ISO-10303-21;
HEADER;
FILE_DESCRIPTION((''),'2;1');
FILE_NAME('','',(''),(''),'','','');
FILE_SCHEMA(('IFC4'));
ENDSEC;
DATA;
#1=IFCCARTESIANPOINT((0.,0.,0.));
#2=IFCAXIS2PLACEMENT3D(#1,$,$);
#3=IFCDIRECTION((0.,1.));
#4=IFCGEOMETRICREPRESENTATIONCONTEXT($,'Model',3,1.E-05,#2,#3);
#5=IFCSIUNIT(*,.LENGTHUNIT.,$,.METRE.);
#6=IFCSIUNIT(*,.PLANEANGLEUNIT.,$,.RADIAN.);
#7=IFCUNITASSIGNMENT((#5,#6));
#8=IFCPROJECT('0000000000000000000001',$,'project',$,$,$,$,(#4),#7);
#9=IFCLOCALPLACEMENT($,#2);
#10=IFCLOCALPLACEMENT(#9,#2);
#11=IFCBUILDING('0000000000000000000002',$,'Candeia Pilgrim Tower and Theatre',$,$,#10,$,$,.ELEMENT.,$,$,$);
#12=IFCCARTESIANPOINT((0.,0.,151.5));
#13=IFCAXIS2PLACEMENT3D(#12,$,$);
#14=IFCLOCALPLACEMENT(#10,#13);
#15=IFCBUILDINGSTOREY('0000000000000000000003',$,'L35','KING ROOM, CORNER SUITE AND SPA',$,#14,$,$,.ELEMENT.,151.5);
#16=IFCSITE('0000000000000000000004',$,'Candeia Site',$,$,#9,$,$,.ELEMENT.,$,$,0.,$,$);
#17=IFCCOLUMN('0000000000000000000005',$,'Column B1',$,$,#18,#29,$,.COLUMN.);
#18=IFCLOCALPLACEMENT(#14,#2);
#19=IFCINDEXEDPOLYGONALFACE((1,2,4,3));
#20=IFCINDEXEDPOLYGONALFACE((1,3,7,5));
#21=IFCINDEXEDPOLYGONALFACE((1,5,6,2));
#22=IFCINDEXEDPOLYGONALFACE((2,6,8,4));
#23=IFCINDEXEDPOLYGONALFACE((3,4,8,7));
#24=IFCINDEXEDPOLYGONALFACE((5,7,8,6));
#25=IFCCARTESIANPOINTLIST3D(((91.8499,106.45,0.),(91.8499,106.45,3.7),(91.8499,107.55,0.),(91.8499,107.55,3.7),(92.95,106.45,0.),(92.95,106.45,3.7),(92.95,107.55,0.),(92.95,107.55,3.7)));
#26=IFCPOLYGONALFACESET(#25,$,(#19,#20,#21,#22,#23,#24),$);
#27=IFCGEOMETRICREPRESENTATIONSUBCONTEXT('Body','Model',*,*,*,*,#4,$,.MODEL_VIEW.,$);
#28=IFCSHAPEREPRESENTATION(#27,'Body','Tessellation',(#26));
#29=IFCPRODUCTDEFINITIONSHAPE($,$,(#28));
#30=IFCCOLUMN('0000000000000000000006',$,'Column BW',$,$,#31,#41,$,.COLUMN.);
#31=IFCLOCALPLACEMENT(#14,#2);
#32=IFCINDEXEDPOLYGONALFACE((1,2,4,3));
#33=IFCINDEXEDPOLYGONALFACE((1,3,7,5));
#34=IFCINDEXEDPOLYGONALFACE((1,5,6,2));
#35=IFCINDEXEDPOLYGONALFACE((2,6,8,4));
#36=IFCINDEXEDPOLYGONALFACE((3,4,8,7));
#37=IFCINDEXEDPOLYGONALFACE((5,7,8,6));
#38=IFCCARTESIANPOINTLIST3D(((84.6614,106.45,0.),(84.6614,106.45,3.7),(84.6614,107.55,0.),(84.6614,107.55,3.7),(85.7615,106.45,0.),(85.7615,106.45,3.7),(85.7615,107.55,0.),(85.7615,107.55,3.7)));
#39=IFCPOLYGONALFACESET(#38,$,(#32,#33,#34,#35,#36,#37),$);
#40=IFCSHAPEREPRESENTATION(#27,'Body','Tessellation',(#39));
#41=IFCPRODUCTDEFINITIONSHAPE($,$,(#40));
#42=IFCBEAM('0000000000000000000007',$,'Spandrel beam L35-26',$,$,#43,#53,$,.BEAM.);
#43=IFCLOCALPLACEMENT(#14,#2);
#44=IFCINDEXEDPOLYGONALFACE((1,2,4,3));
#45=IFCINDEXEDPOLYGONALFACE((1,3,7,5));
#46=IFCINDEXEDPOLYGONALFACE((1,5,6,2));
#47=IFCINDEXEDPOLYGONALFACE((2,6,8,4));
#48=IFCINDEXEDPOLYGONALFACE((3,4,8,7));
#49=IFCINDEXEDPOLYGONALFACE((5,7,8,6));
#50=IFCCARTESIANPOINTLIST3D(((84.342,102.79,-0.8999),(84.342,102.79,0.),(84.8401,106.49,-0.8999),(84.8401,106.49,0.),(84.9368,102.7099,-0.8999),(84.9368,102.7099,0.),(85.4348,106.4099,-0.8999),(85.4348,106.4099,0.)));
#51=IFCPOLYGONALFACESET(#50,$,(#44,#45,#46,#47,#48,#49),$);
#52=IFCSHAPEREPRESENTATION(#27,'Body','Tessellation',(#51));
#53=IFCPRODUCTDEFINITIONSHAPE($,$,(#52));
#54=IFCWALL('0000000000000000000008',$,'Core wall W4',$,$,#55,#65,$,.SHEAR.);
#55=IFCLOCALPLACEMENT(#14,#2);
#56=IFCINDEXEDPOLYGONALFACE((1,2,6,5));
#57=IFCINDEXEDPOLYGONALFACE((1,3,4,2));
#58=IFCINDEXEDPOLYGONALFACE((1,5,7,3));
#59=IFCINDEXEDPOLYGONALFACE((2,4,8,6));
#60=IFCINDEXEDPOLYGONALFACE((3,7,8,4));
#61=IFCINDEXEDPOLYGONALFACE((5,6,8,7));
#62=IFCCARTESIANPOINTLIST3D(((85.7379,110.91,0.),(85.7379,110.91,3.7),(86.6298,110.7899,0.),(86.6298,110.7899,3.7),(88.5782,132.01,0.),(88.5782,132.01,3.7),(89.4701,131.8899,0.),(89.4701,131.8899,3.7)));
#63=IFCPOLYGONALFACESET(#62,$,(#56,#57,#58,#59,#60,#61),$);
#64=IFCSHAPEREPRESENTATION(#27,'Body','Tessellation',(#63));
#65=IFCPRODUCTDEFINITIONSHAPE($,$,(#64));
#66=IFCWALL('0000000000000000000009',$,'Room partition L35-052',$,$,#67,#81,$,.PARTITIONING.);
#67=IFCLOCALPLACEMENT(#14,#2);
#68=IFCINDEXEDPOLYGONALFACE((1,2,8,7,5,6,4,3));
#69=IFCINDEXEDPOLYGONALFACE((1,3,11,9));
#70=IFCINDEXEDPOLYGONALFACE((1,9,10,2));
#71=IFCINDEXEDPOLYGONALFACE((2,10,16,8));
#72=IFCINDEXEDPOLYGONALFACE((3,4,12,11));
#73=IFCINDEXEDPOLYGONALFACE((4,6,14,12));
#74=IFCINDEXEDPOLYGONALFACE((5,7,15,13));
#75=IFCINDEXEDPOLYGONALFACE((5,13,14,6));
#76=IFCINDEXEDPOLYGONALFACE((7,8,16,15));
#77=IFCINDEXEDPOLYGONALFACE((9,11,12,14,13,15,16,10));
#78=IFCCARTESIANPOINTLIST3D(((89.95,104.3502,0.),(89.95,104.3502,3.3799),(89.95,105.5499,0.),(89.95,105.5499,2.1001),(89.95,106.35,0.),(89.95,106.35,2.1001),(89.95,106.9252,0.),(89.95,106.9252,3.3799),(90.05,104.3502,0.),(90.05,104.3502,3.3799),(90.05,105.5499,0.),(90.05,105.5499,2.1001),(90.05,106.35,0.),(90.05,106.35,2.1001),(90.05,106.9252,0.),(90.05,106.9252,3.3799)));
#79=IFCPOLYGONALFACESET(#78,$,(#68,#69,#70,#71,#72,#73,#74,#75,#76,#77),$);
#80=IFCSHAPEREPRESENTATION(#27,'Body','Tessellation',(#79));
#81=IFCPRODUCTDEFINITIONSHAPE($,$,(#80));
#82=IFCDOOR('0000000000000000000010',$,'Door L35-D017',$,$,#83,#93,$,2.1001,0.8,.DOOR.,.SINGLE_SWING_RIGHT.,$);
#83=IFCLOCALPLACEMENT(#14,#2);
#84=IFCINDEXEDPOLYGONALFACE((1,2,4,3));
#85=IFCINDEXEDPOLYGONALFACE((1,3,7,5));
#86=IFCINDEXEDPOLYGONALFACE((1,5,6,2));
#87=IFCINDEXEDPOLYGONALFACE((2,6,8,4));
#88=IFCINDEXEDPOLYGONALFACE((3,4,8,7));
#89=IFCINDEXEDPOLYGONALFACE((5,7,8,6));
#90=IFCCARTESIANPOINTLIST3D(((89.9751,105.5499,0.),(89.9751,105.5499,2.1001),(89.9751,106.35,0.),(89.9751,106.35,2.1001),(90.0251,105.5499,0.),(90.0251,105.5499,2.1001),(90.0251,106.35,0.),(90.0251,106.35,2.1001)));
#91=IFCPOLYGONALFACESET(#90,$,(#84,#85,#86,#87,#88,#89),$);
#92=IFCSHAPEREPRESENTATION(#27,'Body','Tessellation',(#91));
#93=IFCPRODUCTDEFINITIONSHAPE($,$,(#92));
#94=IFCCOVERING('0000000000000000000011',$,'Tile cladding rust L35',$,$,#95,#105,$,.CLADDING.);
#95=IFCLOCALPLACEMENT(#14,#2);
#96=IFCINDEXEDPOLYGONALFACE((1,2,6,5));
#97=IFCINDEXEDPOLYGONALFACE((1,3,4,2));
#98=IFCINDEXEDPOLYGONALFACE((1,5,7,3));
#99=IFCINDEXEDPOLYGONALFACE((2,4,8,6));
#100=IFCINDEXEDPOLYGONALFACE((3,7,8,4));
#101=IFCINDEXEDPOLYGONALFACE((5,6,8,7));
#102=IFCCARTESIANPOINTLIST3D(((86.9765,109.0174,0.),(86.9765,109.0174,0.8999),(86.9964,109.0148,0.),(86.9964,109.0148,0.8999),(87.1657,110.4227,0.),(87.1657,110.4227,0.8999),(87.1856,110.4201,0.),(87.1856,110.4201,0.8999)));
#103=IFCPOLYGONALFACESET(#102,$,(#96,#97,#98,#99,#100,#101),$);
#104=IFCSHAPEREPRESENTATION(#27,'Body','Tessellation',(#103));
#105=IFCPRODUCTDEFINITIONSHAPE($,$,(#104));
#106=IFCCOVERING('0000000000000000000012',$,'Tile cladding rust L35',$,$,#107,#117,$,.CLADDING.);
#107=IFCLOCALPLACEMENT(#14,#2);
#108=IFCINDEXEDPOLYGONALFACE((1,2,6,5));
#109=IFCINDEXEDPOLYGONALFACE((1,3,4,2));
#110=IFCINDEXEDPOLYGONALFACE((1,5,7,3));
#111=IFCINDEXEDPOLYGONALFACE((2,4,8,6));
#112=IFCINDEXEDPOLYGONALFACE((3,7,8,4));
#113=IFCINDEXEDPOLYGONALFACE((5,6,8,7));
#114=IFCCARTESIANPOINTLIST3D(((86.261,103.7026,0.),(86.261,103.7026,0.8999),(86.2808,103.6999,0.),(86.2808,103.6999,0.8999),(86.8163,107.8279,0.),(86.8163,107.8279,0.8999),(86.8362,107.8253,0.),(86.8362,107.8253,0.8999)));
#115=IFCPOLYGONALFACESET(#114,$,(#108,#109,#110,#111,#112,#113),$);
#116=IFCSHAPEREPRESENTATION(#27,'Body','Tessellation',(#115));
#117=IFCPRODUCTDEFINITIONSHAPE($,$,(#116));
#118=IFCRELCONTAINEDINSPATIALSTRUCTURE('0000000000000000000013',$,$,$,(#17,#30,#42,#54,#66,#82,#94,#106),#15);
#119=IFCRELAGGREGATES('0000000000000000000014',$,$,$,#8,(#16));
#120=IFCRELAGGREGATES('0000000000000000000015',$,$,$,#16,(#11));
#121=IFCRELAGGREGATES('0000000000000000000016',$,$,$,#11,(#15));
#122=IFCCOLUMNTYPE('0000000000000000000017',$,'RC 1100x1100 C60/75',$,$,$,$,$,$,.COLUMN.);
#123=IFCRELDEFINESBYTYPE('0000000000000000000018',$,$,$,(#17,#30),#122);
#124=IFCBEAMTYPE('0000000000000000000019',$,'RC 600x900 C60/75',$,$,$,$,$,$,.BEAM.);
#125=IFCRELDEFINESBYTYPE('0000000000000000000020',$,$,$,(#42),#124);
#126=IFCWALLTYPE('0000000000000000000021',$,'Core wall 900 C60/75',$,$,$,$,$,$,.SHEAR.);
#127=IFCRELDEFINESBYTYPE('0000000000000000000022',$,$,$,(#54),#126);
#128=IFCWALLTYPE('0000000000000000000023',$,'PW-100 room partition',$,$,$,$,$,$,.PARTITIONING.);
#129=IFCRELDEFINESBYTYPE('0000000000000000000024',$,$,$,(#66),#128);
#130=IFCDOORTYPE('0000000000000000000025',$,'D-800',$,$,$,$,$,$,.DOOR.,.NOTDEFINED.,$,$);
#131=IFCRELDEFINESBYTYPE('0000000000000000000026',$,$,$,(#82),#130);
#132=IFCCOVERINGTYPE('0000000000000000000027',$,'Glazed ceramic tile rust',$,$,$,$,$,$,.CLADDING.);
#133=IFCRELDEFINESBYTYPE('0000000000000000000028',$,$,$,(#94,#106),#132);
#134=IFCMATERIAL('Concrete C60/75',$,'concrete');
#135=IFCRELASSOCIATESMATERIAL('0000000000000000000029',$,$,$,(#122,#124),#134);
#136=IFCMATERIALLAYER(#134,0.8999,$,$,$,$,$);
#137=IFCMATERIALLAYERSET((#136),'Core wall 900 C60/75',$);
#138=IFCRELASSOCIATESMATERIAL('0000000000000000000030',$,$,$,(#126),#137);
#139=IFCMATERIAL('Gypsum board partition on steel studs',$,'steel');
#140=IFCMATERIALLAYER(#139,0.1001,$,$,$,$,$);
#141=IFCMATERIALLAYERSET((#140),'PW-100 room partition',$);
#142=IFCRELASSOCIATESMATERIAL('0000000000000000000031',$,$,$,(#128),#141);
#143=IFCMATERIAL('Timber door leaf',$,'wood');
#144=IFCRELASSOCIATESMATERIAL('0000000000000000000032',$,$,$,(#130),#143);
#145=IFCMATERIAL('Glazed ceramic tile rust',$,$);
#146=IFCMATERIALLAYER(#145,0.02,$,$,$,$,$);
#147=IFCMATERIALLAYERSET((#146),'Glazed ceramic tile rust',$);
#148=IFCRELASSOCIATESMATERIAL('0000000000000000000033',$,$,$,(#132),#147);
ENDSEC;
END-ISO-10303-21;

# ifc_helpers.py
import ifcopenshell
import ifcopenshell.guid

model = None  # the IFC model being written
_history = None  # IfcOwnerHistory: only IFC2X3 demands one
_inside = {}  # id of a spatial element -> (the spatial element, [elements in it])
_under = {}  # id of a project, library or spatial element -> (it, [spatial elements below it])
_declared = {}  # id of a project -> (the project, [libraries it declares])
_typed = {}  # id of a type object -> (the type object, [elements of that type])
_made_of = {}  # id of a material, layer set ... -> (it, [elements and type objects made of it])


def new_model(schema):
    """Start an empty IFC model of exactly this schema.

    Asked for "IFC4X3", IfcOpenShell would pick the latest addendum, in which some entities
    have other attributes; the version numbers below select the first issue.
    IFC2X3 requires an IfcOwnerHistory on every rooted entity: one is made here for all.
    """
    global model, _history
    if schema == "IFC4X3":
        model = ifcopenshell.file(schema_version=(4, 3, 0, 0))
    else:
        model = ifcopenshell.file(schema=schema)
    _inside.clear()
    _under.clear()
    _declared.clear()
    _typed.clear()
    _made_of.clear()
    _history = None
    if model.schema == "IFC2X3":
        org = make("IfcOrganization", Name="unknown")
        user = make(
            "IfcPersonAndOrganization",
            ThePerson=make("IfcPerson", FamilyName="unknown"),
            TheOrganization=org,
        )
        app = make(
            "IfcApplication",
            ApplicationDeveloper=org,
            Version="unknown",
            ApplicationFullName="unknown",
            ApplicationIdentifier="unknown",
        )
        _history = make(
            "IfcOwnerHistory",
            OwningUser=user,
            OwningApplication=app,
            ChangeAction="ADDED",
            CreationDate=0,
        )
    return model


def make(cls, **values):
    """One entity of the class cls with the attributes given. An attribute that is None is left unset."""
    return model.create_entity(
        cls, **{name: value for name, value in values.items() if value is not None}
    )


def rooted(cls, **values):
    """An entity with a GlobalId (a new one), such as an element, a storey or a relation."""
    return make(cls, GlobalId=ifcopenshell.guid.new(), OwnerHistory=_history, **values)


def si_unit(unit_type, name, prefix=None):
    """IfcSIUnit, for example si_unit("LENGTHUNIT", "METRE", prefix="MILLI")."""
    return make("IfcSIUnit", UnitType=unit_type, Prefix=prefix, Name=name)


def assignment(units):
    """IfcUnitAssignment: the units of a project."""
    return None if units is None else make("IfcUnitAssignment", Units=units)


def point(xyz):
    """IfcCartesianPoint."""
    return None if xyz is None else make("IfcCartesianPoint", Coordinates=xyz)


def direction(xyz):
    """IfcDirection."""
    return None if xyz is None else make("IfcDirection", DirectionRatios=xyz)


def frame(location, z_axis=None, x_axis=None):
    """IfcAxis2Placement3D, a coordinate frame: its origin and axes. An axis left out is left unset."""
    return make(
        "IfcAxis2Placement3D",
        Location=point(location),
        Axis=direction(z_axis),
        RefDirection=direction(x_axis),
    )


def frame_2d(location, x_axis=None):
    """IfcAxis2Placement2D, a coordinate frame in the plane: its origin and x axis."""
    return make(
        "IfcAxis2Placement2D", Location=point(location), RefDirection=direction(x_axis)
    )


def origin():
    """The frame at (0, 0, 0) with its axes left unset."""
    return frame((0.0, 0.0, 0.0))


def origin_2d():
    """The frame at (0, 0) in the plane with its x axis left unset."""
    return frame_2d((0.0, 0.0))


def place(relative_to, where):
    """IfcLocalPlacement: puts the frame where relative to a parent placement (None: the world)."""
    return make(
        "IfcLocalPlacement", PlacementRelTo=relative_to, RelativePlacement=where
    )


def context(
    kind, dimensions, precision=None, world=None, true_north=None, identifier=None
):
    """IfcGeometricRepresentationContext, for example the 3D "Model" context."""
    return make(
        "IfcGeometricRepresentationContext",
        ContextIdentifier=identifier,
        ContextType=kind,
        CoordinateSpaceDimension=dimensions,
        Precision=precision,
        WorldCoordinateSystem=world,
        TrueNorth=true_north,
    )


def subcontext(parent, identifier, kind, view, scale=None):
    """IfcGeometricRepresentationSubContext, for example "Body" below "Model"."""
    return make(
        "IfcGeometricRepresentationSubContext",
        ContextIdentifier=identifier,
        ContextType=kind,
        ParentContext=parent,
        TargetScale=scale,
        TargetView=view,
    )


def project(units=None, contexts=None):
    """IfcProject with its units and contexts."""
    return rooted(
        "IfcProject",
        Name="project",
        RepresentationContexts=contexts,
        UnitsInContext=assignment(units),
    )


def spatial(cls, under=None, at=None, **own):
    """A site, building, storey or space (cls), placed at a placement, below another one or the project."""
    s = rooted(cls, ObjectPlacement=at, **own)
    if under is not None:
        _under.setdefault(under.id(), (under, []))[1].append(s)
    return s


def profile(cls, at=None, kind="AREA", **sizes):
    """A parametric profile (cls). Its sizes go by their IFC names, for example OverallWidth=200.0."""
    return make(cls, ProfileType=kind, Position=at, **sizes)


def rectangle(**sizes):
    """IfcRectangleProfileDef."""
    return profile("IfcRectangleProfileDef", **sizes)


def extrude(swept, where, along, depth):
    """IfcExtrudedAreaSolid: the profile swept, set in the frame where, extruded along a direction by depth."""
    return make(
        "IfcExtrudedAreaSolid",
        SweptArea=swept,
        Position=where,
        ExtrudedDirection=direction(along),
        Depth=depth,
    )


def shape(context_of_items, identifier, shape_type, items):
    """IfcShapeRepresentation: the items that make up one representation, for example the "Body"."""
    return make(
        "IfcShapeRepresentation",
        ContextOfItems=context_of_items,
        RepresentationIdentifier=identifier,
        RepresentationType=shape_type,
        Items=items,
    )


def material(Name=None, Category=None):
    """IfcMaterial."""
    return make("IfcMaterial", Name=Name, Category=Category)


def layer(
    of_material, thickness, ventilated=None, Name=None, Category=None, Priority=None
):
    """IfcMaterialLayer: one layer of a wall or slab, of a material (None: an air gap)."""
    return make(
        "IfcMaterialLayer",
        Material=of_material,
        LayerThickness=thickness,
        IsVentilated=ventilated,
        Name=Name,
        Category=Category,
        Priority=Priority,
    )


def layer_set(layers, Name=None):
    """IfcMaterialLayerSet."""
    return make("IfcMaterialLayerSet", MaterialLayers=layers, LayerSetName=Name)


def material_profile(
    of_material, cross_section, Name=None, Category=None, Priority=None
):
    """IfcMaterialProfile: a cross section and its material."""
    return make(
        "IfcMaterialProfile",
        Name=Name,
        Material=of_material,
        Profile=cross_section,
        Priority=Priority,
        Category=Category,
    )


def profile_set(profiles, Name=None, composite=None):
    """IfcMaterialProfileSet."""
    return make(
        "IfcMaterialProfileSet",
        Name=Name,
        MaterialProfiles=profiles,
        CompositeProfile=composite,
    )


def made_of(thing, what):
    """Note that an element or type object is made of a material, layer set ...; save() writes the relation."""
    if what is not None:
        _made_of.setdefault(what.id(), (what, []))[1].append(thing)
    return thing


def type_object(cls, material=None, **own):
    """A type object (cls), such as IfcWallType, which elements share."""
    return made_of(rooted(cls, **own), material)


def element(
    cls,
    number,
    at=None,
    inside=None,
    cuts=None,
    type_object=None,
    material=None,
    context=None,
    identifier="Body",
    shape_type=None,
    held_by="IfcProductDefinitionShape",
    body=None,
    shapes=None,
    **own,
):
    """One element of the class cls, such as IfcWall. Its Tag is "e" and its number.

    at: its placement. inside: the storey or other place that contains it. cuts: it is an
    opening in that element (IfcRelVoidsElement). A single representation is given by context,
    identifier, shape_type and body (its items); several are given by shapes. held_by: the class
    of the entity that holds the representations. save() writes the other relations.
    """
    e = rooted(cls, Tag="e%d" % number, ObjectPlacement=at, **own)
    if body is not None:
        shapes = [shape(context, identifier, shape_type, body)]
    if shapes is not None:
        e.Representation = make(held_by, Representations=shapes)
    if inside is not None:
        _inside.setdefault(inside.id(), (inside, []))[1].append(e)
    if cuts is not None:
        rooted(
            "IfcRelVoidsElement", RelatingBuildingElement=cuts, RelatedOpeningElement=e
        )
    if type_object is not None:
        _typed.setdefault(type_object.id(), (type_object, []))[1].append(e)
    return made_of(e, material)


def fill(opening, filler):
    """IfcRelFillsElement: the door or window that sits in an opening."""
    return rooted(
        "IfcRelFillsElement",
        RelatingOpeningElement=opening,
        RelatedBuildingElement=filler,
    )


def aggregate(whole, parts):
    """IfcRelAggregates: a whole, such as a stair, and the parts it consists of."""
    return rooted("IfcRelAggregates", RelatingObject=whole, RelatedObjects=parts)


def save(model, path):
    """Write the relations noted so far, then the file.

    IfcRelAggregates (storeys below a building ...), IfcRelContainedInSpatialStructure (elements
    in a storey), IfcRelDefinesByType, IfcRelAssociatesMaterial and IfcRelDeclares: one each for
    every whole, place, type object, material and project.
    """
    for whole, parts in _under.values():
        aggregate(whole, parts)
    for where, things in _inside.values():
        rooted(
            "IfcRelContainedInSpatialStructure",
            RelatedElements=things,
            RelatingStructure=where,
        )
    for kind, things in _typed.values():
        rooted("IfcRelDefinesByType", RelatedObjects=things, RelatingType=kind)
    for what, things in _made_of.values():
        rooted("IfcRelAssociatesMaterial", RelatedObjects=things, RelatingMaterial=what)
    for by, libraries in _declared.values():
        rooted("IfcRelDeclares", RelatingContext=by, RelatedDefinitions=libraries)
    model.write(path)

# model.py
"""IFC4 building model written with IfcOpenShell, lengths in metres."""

from ifc_helpers import new_model, si_unit, direction, frame, frame_2d, origin, origin_2d, place, context, subcontext, project, spatial, rectangle, extrude, material, layer, layer_set, material_profile, profile_set, type_object, element, fill, save


model = new_model("IFC4")

# Units and contexts
model_context = context("Model", 3, precision=1e-05, world=origin(), true_north=direction((0.0, 1.0)))
body_context = subcontext(model_context, "Body", "Model", "MODEL_VIEW")
ifc_project = project(units=[si_unit("LENGTHUNIT", "METRE"), si_unit("PLANEANGLEUNIT", "RADIAN")], contexts=[model_context])

# Site, building, storey
site_placement = place(None, origin())
site = spatial("IfcSite", under=ifc_project, at=site_placement, Name="Candeia Site", CompositionType="ELEMENT", RefElevation=0.0)
building_placement = place(site_placement, origin())
building = spatial("IfcBuilding", under=site, at=building_placement, Name="Candeia Pilgrim Tower and Theatre", CompositionType="ELEMENT")
storey_placement = place(building_placement, frame((0.0, 0.0, 151.5)))
storey = spatial("IfcBuildingStorey", under=building, at=storey_placement, Name="L35", Description="KING ROOM, CORNER SUITE AND SPA", CompositionType="ELEMENT", Elevation=151.5)

# Columns
ifc_material_1 = material(Name="Concrete C60/75", Category="concrete")
ifc_material_profile_1 = material_profile(ifc_material_1, rectangle(XDim=1.1001, YDim=1.1001, at=origin_2d()))
ifc_profile_set_1 = profile_set([ifc_material_profile_1], Name="Concrete C60/75")
column_type = type_object("IfcColumnType", Name="RC 1100x1100 C60/75", PredefinedType="COLUMN", material=ifc_profile_set_1)
for number, where, z_axis, x_axis, name in (
    (1, (92.3999, 107.0, 0.0), (0.0, 0.0, 1.0), (1.0, 0.0, 0.0), "Column B1"),
    (2, (85.2114, 107.0, 0.0), (0.0, 0.0, 1.0), (1.0, 0.0, 0.0), "Column BW"),
):
    element("IfcColumn", number, at=place(storey_placement, frame(where, z_axis=z_axis, x_axis=x_axis)), inside=storey, type_object=column_type, Name=name, PredefinedType="COLUMN", context=body_context, shape_type="SweptSolid", body=[
        extrude(rectangle(XDim=1.1001, YDim=1.1001, at=origin_2d()), origin(), (0.0, 0.0, 1.0), 3.7),
    ])

# Beam
ifc_material_profile_2 = material_profile(ifc_material_1, rectangle(XDim=0.6001, YDim=0.8999, at=origin_2d()))
ifc_profile_set_2 = profile_set([ifc_material_profile_2], Name="Concrete C60/75")
beam_type = type_object("IfcBeamType", Name="RC 600x900 C60/75", PredefinedType="BEAM", material=ifc_profile_set_2)
beam_placement = place(storey_placement, frame((85.1375, 106.45, -0.45), z_axis=(-0.133406, -0.991061, 0.0), x_axis=(0.991061, -0.133406, 0.0)))
element("IfcBeam", 3, at=beam_placement, inside=storey, type_object=beam_type, Name="Spandrel beam L35-26", PredefinedType="BEAM", context=body_context, shape_type="SweptSolid", body=[
    extrude(rectangle(XDim=0.6001, YDim=0.8999, at=origin_2d()), origin(), (0.0, 0.0, 1.0), 3.7334),
])

# Wall
ifc_layer_1 = layer(ifc_material_1, 0.8999)
ifc_layer_set_1 = layer_set([ifc_layer_1], Name="Core wall 900 C60/75")
wall_type_1 = type_object("IfcWallType", Name="Core wall 900 C60/75", PredefinedType="SHEAR", material=ifc_layer_set_1)
wall_1_placement = place(storey_placement, frame((86.1838, 110.8501, 0.0), z_axis=(0.0, 0.0, 1.0), x_axis=(0.13341, 0.991061, 0.0)))
element("IfcWall", 4, at=wall_1_placement, inside=storey, type_object=wall_type_1, Name="Core wall W4", PredefinedType="SHEAR", context=body_context, shape_type="SweptSolid", body=[
    extrude(rectangle(XDim=21.2903, YDim=0.8999, at=frame_2d((10.645, 0.0))), origin(), (0.0, 0.0, 1.0), 3.7),
])

# Wall, opening, door
ifc_material_2 = material(Name="Gypsum board partition on steel studs", Category="steel")
ifc_layer_2 = layer(ifc_material_2, 0.1001)
ifc_layer_set_2 = layer_set([ifc_layer_2], Name="PW-100 room partition")
wall_type_2 = type_object("IfcWallType", Name="PW-100 room partition", PredefinedType="PARTITIONING", material=ifc_layer_set_2)
wall_2_placement = place(storey_placement, frame((90.0, 104.3501, 0.0), z_axis=(0.0, 0.0, 1.0), x_axis=(0.0, 1.0, 0.0)))
wall_2 = element("IfcWall", 5, at=wall_2_placement, inside=storey, type_object=wall_type_2, Name="Room partition L35-052", PredefinedType="PARTITIONING", context=body_context, shape_type="SweptSolid", body=[
    extrude(rectangle(XDim=2.575, YDim=0.1001, at=frame_2d((1.2876, 0.0))), origin(), (0.0, 0.0, 1.0), 3.3799),
])
opening_1_placement = place(wall_2_placement, frame((1.2, 0.0, 0.0)))
opening_1 = element("IfcOpeningElement", 6, at=opening_1_placement, cuts=wall_2, PredefinedType="OPENING", context=body_context, shape_type="SweptSolid", body=[
    extrude(rectangle(XDim=0.8, YDim=2.1001, at=frame_2d((0.3999, 1.05))), frame((0.0, 0.0601, 0.0), z_axis=(0.0, -1.0, 0.0), x_axis=(1.0, 0.0, 0.0)), (0.0, 0.0, 1.0), 0.1201),
])
ifc_material_3 = material(Name="Timber door leaf", Category="wood")
door_type_1 = type_object("IfcDoorType", Name="D-800", OperationType="NOTDEFINED", PredefinedType="DOOR", material=ifc_material_3)
door_1_placement = place(opening_1_placement, origin())
door_1 = element("IfcDoor", 7, at=door_1_placement, inside=storey, type_object=door_type_1, Name="Door L35-D017", OperationType="SINGLE_SWING_RIGHT", OverallHeight=2.1001, OverallWidth=0.8, PredefinedType="DOOR", context=body_context, shape_type="SweptSolid", body=[
    extrude(rectangle(XDim=0.8, YDim=2.1001, at=frame_2d((0.3999, 1.05))), frame((0.0, 0.0249, 0.0), z_axis=(0.0, -1.0, 0.0), x_axis=(1.0, 0.0, 0.0)), (0.0, 0.0, 1.0), 0.05),
])
fill(opening_1, door_1)

# Coverings
ifc_material_4 = material(Name="Glazed ceramic tile rust")
ifc_layer_3 = layer(ifc_material_4, 0.02)
ifc_layer_set_3 = layer_set([ifc_layer_3], Name="Glazed ceramic tile rust")
covering_type = type_object("IfcCoveringType", Name="Glazed ceramic tile rust", PredefinedType="CLADDING", material=ifc_layer_set_3)
covering_1_placement = place(storey_placement, frame((87.0811, 109.7188, 0.0), z_axis=(0.0, 0.0, 1.0), x_axis=(-0.133412, -0.991061, 0.0)))
element("IfcCovering", 8, at=covering_1_placement, inside=storey, type_object=covering_type, Name="Tile cladding rust L35", PredefinedType="CLADDING", context=body_context, shape_type="SweptSolid", body=[
    extrude(rectangle(XDim=1.418, YDim=0.02, at=origin_2d()), origin(), (0.0, 0.0, 1.0), 0.8999),
])
covering_2_placement = place(storey_placement, frame((86.5486, 105.7639, 0.0), z_axis=(0.0, 0.0, 1.0), x_axis=(-0.133412, -0.991061, 0.0)))
element("IfcCovering", 9, at=covering_2_placement, inside=storey, type_object=covering_type, Name="Tile cladding rust L35", PredefinedType="CLADDING", context=body_context, shape_type="SweptSolid", body=[
    extrude(rectangle(XDim=4.1626, YDim=0.02, at=origin_2d()), origin(), (0.0, 0.0, 1.0), 0.8999),
])

save(model, "model.ifc")
